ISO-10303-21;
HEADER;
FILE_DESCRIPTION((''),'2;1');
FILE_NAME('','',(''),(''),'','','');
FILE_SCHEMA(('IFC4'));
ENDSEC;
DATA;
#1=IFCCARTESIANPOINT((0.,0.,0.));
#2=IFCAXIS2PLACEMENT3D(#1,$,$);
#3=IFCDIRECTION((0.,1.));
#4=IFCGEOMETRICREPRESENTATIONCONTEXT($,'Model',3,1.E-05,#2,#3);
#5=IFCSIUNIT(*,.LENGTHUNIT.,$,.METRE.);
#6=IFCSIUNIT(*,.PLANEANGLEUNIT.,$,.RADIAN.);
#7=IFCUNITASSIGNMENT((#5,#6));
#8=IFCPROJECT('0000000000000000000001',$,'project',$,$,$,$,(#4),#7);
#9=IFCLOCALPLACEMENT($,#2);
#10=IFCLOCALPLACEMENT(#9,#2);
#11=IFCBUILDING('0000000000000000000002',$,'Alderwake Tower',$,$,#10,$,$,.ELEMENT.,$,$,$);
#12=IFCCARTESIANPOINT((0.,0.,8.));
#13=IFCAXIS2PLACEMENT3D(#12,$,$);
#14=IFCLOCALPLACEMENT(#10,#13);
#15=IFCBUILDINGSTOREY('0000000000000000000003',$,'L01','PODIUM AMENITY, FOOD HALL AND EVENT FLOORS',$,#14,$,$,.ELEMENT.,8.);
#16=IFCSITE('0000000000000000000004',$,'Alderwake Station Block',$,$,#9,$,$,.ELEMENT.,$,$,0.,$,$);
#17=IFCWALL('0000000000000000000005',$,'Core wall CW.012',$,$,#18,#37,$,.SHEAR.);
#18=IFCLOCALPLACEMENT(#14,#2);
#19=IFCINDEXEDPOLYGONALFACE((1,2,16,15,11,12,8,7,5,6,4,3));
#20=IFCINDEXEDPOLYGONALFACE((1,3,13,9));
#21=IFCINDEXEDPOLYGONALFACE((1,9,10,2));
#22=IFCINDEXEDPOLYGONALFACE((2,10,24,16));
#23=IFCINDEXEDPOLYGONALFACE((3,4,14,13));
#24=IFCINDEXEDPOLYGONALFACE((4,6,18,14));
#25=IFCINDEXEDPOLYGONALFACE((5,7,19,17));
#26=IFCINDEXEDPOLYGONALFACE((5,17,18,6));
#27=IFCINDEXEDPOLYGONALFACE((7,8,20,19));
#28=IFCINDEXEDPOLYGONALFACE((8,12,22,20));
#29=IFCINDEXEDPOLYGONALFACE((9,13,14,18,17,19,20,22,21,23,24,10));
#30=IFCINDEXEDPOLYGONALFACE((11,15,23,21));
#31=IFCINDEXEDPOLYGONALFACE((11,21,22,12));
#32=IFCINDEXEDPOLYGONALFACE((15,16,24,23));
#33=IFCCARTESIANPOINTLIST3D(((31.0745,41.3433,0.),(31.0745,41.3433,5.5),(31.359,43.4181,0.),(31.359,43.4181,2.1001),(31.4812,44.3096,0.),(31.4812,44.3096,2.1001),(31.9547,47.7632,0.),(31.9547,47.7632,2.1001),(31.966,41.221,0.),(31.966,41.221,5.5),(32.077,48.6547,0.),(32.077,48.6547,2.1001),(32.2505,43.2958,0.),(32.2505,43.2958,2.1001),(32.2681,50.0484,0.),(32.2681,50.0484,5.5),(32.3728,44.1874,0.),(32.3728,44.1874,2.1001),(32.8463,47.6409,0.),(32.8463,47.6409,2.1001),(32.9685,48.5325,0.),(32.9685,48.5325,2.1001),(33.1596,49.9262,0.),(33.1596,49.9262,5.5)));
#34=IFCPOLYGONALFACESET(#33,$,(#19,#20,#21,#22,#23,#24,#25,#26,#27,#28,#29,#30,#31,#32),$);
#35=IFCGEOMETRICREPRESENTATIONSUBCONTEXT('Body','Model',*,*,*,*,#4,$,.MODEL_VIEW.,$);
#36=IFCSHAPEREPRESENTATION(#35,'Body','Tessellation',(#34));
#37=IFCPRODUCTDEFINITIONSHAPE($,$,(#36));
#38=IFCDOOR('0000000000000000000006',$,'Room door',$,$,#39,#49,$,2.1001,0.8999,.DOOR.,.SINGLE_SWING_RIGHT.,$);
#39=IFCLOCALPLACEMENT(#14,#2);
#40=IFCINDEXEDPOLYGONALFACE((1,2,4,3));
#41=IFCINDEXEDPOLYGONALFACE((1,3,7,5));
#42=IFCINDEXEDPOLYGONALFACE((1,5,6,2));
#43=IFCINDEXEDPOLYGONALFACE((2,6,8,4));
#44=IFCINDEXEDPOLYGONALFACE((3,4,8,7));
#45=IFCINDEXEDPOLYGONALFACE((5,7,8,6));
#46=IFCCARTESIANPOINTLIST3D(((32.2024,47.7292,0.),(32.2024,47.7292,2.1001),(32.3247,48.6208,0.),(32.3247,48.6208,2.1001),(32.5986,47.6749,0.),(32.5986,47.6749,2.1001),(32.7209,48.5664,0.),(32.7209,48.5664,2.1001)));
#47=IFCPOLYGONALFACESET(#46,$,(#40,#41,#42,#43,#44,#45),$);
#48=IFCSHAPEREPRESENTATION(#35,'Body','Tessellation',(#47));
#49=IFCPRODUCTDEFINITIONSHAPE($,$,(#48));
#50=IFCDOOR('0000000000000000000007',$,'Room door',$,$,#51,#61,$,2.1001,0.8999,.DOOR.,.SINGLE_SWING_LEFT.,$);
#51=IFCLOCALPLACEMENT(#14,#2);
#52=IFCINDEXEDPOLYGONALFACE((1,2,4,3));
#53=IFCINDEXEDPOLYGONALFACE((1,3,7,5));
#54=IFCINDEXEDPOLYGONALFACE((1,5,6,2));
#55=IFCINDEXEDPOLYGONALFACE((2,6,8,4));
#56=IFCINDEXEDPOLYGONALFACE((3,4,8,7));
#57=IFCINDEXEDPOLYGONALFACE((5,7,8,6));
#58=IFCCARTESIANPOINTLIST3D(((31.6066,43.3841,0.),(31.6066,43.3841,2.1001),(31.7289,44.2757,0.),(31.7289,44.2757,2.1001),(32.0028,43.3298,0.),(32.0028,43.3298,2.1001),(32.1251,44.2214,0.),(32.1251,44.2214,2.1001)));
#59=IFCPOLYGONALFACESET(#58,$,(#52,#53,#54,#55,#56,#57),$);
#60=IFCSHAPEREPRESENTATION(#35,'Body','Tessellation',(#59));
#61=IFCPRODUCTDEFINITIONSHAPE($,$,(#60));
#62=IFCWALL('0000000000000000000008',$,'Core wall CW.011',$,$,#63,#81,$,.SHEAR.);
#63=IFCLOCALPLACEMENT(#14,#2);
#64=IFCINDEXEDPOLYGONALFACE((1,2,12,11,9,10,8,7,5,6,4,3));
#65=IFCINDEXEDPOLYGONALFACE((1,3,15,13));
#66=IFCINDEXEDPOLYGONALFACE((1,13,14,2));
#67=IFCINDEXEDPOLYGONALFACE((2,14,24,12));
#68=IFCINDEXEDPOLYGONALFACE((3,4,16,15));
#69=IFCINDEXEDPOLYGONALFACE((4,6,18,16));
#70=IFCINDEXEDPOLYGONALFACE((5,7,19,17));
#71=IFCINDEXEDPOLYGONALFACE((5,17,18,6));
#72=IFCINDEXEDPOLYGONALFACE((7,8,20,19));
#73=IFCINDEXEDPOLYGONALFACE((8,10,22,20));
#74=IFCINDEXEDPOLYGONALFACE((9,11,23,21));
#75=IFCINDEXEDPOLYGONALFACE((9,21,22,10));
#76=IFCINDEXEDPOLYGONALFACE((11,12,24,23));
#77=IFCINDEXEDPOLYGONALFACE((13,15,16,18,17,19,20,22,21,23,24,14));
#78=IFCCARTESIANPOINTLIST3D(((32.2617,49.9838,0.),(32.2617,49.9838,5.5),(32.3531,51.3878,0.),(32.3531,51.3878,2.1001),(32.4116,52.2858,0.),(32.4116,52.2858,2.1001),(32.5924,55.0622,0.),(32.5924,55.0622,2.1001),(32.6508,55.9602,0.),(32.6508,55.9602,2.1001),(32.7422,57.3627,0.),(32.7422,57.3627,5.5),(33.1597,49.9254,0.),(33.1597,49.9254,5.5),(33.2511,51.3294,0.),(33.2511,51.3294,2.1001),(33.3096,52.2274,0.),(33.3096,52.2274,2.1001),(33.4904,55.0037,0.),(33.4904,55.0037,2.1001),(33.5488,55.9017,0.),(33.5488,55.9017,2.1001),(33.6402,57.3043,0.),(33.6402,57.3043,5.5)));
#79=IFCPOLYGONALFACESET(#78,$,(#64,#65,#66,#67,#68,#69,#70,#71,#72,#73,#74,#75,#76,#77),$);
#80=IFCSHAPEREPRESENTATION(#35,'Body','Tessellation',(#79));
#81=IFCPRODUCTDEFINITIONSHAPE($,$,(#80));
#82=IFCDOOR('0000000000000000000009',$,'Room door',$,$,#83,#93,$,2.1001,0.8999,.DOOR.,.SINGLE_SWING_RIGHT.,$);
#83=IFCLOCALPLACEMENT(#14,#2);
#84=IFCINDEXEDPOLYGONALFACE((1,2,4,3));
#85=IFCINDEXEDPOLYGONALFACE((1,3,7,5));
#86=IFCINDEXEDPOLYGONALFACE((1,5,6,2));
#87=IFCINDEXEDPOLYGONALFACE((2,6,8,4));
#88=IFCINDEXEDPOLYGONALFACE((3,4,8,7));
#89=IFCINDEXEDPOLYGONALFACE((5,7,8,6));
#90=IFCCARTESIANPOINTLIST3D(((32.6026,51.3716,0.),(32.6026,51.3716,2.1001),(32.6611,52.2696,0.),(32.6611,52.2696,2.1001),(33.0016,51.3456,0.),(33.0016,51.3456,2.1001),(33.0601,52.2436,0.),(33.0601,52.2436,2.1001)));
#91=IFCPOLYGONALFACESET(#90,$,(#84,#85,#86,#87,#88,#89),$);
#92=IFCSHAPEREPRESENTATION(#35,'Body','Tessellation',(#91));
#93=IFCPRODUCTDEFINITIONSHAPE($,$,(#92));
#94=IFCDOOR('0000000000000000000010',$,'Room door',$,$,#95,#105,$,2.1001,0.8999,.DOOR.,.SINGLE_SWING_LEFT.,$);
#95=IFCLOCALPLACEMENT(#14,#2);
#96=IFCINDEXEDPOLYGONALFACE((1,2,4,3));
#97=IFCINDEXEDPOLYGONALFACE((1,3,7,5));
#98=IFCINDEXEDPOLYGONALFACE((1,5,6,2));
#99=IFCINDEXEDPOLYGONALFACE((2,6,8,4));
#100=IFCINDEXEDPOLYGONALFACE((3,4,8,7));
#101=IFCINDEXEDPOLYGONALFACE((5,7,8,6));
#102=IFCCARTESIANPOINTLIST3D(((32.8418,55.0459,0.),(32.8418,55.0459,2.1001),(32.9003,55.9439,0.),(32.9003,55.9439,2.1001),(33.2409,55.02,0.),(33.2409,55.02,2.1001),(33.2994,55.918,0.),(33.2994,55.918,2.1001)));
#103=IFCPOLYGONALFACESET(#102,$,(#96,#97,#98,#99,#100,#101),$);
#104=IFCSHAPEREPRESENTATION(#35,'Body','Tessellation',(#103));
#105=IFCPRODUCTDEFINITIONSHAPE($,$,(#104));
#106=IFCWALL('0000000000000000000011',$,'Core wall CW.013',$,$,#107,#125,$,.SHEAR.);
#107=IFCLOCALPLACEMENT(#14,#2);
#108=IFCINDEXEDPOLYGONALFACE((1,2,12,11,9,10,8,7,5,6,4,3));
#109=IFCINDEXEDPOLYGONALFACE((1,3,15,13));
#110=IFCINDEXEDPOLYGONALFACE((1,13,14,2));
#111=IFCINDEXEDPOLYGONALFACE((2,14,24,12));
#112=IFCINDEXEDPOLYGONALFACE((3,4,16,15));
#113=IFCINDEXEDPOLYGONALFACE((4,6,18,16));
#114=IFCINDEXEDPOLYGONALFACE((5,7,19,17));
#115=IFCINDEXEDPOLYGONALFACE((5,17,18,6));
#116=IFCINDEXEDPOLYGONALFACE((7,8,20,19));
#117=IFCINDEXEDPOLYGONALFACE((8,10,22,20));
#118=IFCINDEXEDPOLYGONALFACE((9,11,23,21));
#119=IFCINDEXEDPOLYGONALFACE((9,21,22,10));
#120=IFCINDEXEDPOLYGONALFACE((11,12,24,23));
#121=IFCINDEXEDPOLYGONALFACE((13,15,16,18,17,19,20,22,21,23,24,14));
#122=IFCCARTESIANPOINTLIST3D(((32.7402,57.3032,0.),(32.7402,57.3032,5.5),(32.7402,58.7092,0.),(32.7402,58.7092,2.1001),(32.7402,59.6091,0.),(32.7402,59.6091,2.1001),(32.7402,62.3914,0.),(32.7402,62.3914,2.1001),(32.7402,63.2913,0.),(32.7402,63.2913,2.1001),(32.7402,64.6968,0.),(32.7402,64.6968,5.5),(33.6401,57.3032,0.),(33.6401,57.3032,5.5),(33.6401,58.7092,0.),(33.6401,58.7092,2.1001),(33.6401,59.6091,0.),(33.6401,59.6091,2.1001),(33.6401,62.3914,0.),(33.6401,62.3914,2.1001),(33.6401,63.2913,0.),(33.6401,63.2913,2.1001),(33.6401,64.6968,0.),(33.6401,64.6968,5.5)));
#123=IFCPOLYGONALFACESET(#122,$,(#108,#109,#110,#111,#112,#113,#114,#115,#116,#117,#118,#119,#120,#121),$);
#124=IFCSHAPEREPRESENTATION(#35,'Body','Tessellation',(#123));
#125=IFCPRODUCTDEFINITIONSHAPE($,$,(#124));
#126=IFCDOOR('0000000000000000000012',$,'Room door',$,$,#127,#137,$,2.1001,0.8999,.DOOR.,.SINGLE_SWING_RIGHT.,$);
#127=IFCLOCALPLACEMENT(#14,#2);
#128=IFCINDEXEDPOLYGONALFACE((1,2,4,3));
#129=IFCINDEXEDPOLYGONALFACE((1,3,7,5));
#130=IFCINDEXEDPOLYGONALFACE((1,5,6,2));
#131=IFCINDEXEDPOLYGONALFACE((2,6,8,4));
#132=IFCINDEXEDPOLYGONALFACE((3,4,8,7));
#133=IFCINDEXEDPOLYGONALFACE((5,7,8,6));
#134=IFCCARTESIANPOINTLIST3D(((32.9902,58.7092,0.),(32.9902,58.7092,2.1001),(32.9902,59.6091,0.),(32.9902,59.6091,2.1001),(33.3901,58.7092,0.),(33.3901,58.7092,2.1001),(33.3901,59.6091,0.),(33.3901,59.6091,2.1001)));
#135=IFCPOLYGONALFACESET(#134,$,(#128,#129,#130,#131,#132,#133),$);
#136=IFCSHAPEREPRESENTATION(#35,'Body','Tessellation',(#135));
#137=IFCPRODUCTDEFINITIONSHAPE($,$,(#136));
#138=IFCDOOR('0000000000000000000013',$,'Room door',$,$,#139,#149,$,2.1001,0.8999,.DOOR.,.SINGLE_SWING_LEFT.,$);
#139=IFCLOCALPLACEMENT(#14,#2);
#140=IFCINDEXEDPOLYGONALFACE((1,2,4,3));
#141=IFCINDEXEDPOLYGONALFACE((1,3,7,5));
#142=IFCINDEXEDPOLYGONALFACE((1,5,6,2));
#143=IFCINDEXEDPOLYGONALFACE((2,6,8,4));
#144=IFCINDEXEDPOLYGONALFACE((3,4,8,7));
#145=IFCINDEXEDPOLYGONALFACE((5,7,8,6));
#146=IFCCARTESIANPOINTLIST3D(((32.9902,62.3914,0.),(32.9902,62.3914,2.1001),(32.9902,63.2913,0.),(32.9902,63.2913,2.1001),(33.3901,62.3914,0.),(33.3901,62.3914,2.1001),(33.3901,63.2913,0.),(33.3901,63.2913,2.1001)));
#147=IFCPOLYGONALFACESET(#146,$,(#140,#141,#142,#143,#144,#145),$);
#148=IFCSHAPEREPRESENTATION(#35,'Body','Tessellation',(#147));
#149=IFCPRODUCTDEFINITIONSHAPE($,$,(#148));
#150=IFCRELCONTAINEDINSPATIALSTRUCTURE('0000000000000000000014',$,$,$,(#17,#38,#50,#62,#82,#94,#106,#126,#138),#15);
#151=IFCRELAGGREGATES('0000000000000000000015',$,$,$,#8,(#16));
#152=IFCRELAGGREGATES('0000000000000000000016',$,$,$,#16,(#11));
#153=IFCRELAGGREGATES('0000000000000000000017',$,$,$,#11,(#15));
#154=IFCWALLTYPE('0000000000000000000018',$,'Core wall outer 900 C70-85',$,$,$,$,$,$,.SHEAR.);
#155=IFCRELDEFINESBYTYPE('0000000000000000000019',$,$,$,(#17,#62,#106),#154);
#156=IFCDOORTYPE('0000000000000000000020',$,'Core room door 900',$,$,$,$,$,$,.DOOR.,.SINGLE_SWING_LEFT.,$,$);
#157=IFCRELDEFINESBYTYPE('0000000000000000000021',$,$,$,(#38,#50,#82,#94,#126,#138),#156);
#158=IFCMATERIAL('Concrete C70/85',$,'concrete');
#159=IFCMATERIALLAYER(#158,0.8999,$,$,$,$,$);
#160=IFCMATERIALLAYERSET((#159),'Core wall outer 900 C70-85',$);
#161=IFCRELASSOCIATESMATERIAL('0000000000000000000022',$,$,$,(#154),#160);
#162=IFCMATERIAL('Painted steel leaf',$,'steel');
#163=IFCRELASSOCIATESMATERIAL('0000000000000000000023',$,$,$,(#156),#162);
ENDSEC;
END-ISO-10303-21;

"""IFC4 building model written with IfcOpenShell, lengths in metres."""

from ifc_helpers import new_model, si_unit, direction, frame, frame_2d, origin, place, context, subcontext, project, spatial, rectangle, extrude, material, layer, layer_set, type_object, element, fill, save


model = new_model("IFC4")

# Units and contexts
model_context = context("Model", 3, precision=1e-05, world=origin(), true_north=direction((0.0, 1.0)))
body_context = subcontext(model_context, "Body", "Model", "MODEL_VIEW")
ifc_project = project(units=[si_unit("LENGTHUNIT", "METRE"), si_unit("PLANEANGLEUNIT", "RADIAN")], contexts=[model_context])

# Site, building, storey
site_placement = place(None, origin())
site = spatial("IfcSite", under=ifc_project, at=site_placement, Name="Alderwake Station Block", CompositionType="ELEMENT", RefElevation=0.0)
building_placement = place(site_placement, origin())
building = spatial("IfcBuilding", under=site, at=building_placement, Name="Alderwake Tower", CompositionType="ELEMENT")
storey_placement = place(building_placement, frame((0.0, 0.0, 8.0)))
storey = spatial("IfcBuildingStorey", under=building, at=storey_placement, Name="L01", Description="PODIUM AMENITY, FOOD HALL AND EVENT FLOORS", CompositionType="ELEMENT", Elevation=8.0)

# Walls, openings, doors
ifc_material_1 = material(Name="Concrete C70/85", Category="concrete")
ifc_layer_1 = layer(ifc_material_1, 0.8999)
ifc_layer_set_1 = layer_set([ifc_layer_1], Name="Core wall outer 900 C70-85")
wall_type_1 = type_object("IfcWallType", Name="Core wall outer 900 C70-85", PredefinedType="SHEAR", material=ifc_layer_set_1)
wall_1_placement = place(storey_placement, frame((32.7139, 49.9873, 0.0), z_axis=(0.0, 0.0, 1.0), x_axis=(-0.135845, -0.99073, 0.0)))
wall_1 = element("IfcWall", 1, at=wall_1_placement, inside=storey, type_object=wall_type_1, Name="Core wall CW.012", PredefinedType="SHEAR", context=body_context, shape_type="SweptSolid", body=[
    extrude(rectangle(XDim=8.7866, YDim=0.8999, at=frame_2d((4.3933, 0.0))), origin(), (0.0, 0.0, 1.0), 5.5),
])
opening_1_placement = place(wall_1_placement, frame((1.4067, 0.0, 0.0)))
opening_1 = element("IfcOpeningElement", 2, at=opening_1_placement, cuts=wall_1, PredefinedType="OPENING", context=body_context, shape_type="SweptSolid", body=[
    extrude(rectangle(XDim=0.8999, YDim=2.1001, at=frame_2d((0.45, 1.05))), frame((0.0, 0.46, 0.0), z_axis=(0.0, -1.0, 0.0), x_axis=(1.0, 0.0, 0.0)), (0.0, 0.0, 1.0), 0.9199),
])
opening_2_placement = place(wall_1_placement, frame((5.7925, 0.0, 0.0)))
opening_2 = element("IfcOpeningElement", 3, at=opening_2_placement, cuts=wall_1, PredefinedType="OPENING", context=body_context, shape_type="SweptSolid", body=[
    extrude(rectangle(XDim=0.8999, YDim=2.1001, at=frame_2d((0.45, 1.05))), frame((0.0, 0.46, 0.0), z_axis=(0.0, -1.0, 0.0), x_axis=(1.0, 0.0, 0.0)), (0.0, 0.0, 1.0), 0.9199),
])
ifc_material_2 = material(Name="Painted steel leaf", Category="steel")
door_type_1 = type_object("IfcDoorType", Name="Core room door 900", OperationType="SINGLE_SWING_LEFT", PredefinedType="DOOR", material=ifc_material_2)
door_1_placement = place(opening_1_placement, origin())
door_1 = element("IfcDoor", 4, at=door_1_placement, inside=storey, type_object=door_type_1, Name="Room door", OperationType="SINGLE_SWING_RIGHT", OverallHeight=2.1001, OverallWidth=0.8999, PredefinedType="DOOR", context=body_context, shape_type="SweptSolid", body=[
    extrude(rectangle(XDim=0.8999, YDim=2.1001, at=frame_2d((0.45, 1.05))), frame((0.0, 0.2, 0.0), z_axis=(0.0, -1.0, 0.0), x_axis=(1.0, 0.0, 0.0)), (0.0, 0.0, 1.0), 0.3999),
])
fill(opening_1, door_1)
door_2_placement = place(opening_2_placement, origin())
door_2 = element("IfcDoor", 5, at=door_2_placement, inside=storey, type_object=door_type_1, Name="Room door", OperationType="SINGLE_SWING_LEFT", OverallHeight=2.1001, OverallWidth=0.8999, PredefinedType="DOOR", context=body_context, shape_type="SweptSolid", body=[
    extrude(rectangle(XDim=0.8999, YDim=2.1001, at=frame_2d((0.45, 1.05))), frame((0.0, 0.2, 0.0), z_axis=(0.0, -1.0, 0.0), x_axis=(1.0, 0.0, 0.0)), (0.0, 0.0, 1.0), 0.3999),
])
fill(opening_2, door_2)
wall_2_placement = place(storey_placement, frame((33.1912, 57.3335, 0.0), z_axis=(0.0, 0.0, 1.0), x_axis=(-0.064976, -0.997887, 0.0)))
wall_2 = element("IfcWall", 6, at=wall_2_placement, inside=storey, type_object=wall_type_1, Name="Core wall CW.011", PredefinedType="SHEAR", context=body_context, shape_type="SweptSolid", body=[
    extrude(rectangle(XDim=7.3945, YDim=0.8999, at=frame_2d((3.6973, 0.0))), origin(), (0.0, 0.0, 1.0), 5.5),
])
opening_3_placement = place(wall_2_placement, frame((5.0876, 0.0, 0.0)))
opening_3 = element("IfcOpeningElement", 7, at=opening_3_placement, cuts=wall_2, PredefinedType="OPENING", context=body_context, shape_type="SweptSolid", body=[
    extrude(rectangle(XDim=0.8999, YDim=2.1001, at=frame_2d((0.45, 1.05))), frame((0.0, 0.46, 0.0), z_axis=(0.0, -1.0, 0.0), x_axis=(1.0, 0.0, 0.0)), (0.0, 0.0, 1.0), 0.9199),
])
opening_4_placement = place(wall_2_placement, frame((1.4055, 0.0, 0.0)))
opening_4 = element("IfcOpeningElement", 8, at=opening_4_placement, cuts=wall_2, PredefinedType="OPENING", context=body_context, shape_type="SweptSolid", body=[
    extrude(rectangle(XDim=0.8999, YDim=2.1001, at=frame_2d((0.45, 1.05))), frame((0.0, 0.46, 0.0), z_axis=(0.0, -1.0, 0.0), x_axis=(1.0, 0.0, 0.0)), (0.0, 0.0, 1.0), 0.9199),
])
door_3_placement = place(opening_3_placement, origin())
door_3 = element("IfcDoor", 9, at=door_3_placement, inside=storey, type_object=door_type_1, Name="Room door", OperationType="SINGLE_SWING_RIGHT", OverallHeight=2.1001, OverallWidth=0.8999, PredefinedType="DOOR", context=body_context, shape_type="SweptSolid", body=[
    extrude(rectangle(XDim=0.8999, YDim=2.1001, at=frame_2d((0.45, 1.05))), frame((0.0, 0.2, 0.0), z_axis=(0.0, -1.0, 0.0), x_axis=(1.0, 0.0, 0.0)), (0.0, 0.0, 1.0), 0.3999),
])
fill(opening_3, door_3)
door_4_placement = place(opening_4_placement, origin())
door_4 = element("IfcDoor", 10, at=door_4_placement, inside=storey, type_object=door_type_1, Name="Room door", OperationType="SINGLE_SWING_LEFT", OverallHeight=2.1001, OverallWidth=0.8999, PredefinedType="DOOR", context=body_context, shape_type="SweptSolid", body=[
    extrude(rectangle(XDim=0.8999, YDim=2.1001, at=frame_2d((0.45, 1.05))), frame((0.0, 0.2, 0.0), z_axis=(0.0, -1.0, 0.0), x_axis=(1.0, 0.0, 0.0)), (0.0, 0.0, 1.0), 0.3999),
])
fill(opening_4, door_4)
wall_3_placement = place(storey_placement, frame((33.1902, 64.6968, 0.0), z_axis=(0.0, 0.0, 1.0), x_axis=(0.0, -1.0, 0.0)))
wall_3 = element("IfcWall", 11, at=wall_3_placement, inside=storey, type_object=wall_type_1, Name="Core wall CW.013", PredefinedType="SHEAR", context=body_context, shape_type="SweptSolid", body=[
    extrude(rectangle(XDim=7.3936, YDim=0.8999, at=frame_2d((3.6968, 0.0))), origin(), (0.0, 0.0, 1.0), 5.5),
])
opening_5_placement = place(wall_3_placement, frame((5.0876, 0.0, 0.0)))
opening_5 = element("IfcOpeningElement", 12, at=opening_5_placement, cuts=wall_3, PredefinedType="OPENING", context=body_context, shape_type="SweptSolid", body=[
    extrude(rectangle(XDim=0.8999, YDim=2.1001, at=frame_2d((0.45, 1.05))), frame((0.0, 0.46, 0.0), z_axis=(0.0, -1.0, 0.0), x_axis=(1.0, 0.0, 0.0)), (0.0, 0.0, 1.0), 0.9199),
])
opening_6_placement = place(wall_3_placement, frame((1.4055, 0.0, 0.0)))
opening_6 = element("IfcOpeningElement", 13, at=opening_6_placement, cuts=wall_3, PredefinedType="OPENING", context=body_context, shape_type="SweptSolid", body=[
    extrude(rectangle(XDim=0.8999, YDim=2.1001, at=frame_2d((0.45, 1.05))), frame((0.0, 0.46, 0.0), z_axis=(0.0, -1.0, 0.0), x_axis=(1.0, 0.0, 0.0)), (0.0, 0.0, 1.0), 0.9199),
])
door_5_placement = place(opening_5_placement, origin())
door_5 = element("IfcDoor", 14, at=door_5_placement, inside=storey, type_object=door_type_1, Name="Room door", OperationType="SINGLE_SWING_RIGHT", OverallHeight=2.1001, OverallWidth=0.8999, PredefinedType="DOOR", context=body_context, shape_type="SweptSolid", body=[
    extrude(rectangle(XDim=0.8999, YDim=2.1001, at=frame_2d((0.45, 1.05))), frame((0.0, 0.2, 0.0), z_axis=(0.0, -1.0, 0.0), x_axis=(1.0, 0.0, 0.0)), (0.0, 0.0, 1.0), 0.3999),
])
fill(opening_5, door_5)
door_6_placement = place(opening_6_placement, origin())
door_6 = element("IfcDoor", 15, at=door_6_placement, inside=storey, type_object=door_type_1, Name="Room door", OperationType="SINGLE_SWING_LEFT", OverallHeight=2.1001, OverallWidth=0.8999, PredefinedType="DOOR", context=body_context, shape_type="SweptSolid", body=[
    extrude(rectangle(XDim=0.8999, YDim=2.1001, at=frame_2d((0.45, 1.05))), frame((0.0, 0.2, 0.0), z_axis=(0.0, -1.0, 0.0), x_axis=(1.0, 0.0, 0.0)), (0.0, 0.0, 1.0), 0.3999),
])
fill(opening_6, door_6)

save(model, "model.ifc")
